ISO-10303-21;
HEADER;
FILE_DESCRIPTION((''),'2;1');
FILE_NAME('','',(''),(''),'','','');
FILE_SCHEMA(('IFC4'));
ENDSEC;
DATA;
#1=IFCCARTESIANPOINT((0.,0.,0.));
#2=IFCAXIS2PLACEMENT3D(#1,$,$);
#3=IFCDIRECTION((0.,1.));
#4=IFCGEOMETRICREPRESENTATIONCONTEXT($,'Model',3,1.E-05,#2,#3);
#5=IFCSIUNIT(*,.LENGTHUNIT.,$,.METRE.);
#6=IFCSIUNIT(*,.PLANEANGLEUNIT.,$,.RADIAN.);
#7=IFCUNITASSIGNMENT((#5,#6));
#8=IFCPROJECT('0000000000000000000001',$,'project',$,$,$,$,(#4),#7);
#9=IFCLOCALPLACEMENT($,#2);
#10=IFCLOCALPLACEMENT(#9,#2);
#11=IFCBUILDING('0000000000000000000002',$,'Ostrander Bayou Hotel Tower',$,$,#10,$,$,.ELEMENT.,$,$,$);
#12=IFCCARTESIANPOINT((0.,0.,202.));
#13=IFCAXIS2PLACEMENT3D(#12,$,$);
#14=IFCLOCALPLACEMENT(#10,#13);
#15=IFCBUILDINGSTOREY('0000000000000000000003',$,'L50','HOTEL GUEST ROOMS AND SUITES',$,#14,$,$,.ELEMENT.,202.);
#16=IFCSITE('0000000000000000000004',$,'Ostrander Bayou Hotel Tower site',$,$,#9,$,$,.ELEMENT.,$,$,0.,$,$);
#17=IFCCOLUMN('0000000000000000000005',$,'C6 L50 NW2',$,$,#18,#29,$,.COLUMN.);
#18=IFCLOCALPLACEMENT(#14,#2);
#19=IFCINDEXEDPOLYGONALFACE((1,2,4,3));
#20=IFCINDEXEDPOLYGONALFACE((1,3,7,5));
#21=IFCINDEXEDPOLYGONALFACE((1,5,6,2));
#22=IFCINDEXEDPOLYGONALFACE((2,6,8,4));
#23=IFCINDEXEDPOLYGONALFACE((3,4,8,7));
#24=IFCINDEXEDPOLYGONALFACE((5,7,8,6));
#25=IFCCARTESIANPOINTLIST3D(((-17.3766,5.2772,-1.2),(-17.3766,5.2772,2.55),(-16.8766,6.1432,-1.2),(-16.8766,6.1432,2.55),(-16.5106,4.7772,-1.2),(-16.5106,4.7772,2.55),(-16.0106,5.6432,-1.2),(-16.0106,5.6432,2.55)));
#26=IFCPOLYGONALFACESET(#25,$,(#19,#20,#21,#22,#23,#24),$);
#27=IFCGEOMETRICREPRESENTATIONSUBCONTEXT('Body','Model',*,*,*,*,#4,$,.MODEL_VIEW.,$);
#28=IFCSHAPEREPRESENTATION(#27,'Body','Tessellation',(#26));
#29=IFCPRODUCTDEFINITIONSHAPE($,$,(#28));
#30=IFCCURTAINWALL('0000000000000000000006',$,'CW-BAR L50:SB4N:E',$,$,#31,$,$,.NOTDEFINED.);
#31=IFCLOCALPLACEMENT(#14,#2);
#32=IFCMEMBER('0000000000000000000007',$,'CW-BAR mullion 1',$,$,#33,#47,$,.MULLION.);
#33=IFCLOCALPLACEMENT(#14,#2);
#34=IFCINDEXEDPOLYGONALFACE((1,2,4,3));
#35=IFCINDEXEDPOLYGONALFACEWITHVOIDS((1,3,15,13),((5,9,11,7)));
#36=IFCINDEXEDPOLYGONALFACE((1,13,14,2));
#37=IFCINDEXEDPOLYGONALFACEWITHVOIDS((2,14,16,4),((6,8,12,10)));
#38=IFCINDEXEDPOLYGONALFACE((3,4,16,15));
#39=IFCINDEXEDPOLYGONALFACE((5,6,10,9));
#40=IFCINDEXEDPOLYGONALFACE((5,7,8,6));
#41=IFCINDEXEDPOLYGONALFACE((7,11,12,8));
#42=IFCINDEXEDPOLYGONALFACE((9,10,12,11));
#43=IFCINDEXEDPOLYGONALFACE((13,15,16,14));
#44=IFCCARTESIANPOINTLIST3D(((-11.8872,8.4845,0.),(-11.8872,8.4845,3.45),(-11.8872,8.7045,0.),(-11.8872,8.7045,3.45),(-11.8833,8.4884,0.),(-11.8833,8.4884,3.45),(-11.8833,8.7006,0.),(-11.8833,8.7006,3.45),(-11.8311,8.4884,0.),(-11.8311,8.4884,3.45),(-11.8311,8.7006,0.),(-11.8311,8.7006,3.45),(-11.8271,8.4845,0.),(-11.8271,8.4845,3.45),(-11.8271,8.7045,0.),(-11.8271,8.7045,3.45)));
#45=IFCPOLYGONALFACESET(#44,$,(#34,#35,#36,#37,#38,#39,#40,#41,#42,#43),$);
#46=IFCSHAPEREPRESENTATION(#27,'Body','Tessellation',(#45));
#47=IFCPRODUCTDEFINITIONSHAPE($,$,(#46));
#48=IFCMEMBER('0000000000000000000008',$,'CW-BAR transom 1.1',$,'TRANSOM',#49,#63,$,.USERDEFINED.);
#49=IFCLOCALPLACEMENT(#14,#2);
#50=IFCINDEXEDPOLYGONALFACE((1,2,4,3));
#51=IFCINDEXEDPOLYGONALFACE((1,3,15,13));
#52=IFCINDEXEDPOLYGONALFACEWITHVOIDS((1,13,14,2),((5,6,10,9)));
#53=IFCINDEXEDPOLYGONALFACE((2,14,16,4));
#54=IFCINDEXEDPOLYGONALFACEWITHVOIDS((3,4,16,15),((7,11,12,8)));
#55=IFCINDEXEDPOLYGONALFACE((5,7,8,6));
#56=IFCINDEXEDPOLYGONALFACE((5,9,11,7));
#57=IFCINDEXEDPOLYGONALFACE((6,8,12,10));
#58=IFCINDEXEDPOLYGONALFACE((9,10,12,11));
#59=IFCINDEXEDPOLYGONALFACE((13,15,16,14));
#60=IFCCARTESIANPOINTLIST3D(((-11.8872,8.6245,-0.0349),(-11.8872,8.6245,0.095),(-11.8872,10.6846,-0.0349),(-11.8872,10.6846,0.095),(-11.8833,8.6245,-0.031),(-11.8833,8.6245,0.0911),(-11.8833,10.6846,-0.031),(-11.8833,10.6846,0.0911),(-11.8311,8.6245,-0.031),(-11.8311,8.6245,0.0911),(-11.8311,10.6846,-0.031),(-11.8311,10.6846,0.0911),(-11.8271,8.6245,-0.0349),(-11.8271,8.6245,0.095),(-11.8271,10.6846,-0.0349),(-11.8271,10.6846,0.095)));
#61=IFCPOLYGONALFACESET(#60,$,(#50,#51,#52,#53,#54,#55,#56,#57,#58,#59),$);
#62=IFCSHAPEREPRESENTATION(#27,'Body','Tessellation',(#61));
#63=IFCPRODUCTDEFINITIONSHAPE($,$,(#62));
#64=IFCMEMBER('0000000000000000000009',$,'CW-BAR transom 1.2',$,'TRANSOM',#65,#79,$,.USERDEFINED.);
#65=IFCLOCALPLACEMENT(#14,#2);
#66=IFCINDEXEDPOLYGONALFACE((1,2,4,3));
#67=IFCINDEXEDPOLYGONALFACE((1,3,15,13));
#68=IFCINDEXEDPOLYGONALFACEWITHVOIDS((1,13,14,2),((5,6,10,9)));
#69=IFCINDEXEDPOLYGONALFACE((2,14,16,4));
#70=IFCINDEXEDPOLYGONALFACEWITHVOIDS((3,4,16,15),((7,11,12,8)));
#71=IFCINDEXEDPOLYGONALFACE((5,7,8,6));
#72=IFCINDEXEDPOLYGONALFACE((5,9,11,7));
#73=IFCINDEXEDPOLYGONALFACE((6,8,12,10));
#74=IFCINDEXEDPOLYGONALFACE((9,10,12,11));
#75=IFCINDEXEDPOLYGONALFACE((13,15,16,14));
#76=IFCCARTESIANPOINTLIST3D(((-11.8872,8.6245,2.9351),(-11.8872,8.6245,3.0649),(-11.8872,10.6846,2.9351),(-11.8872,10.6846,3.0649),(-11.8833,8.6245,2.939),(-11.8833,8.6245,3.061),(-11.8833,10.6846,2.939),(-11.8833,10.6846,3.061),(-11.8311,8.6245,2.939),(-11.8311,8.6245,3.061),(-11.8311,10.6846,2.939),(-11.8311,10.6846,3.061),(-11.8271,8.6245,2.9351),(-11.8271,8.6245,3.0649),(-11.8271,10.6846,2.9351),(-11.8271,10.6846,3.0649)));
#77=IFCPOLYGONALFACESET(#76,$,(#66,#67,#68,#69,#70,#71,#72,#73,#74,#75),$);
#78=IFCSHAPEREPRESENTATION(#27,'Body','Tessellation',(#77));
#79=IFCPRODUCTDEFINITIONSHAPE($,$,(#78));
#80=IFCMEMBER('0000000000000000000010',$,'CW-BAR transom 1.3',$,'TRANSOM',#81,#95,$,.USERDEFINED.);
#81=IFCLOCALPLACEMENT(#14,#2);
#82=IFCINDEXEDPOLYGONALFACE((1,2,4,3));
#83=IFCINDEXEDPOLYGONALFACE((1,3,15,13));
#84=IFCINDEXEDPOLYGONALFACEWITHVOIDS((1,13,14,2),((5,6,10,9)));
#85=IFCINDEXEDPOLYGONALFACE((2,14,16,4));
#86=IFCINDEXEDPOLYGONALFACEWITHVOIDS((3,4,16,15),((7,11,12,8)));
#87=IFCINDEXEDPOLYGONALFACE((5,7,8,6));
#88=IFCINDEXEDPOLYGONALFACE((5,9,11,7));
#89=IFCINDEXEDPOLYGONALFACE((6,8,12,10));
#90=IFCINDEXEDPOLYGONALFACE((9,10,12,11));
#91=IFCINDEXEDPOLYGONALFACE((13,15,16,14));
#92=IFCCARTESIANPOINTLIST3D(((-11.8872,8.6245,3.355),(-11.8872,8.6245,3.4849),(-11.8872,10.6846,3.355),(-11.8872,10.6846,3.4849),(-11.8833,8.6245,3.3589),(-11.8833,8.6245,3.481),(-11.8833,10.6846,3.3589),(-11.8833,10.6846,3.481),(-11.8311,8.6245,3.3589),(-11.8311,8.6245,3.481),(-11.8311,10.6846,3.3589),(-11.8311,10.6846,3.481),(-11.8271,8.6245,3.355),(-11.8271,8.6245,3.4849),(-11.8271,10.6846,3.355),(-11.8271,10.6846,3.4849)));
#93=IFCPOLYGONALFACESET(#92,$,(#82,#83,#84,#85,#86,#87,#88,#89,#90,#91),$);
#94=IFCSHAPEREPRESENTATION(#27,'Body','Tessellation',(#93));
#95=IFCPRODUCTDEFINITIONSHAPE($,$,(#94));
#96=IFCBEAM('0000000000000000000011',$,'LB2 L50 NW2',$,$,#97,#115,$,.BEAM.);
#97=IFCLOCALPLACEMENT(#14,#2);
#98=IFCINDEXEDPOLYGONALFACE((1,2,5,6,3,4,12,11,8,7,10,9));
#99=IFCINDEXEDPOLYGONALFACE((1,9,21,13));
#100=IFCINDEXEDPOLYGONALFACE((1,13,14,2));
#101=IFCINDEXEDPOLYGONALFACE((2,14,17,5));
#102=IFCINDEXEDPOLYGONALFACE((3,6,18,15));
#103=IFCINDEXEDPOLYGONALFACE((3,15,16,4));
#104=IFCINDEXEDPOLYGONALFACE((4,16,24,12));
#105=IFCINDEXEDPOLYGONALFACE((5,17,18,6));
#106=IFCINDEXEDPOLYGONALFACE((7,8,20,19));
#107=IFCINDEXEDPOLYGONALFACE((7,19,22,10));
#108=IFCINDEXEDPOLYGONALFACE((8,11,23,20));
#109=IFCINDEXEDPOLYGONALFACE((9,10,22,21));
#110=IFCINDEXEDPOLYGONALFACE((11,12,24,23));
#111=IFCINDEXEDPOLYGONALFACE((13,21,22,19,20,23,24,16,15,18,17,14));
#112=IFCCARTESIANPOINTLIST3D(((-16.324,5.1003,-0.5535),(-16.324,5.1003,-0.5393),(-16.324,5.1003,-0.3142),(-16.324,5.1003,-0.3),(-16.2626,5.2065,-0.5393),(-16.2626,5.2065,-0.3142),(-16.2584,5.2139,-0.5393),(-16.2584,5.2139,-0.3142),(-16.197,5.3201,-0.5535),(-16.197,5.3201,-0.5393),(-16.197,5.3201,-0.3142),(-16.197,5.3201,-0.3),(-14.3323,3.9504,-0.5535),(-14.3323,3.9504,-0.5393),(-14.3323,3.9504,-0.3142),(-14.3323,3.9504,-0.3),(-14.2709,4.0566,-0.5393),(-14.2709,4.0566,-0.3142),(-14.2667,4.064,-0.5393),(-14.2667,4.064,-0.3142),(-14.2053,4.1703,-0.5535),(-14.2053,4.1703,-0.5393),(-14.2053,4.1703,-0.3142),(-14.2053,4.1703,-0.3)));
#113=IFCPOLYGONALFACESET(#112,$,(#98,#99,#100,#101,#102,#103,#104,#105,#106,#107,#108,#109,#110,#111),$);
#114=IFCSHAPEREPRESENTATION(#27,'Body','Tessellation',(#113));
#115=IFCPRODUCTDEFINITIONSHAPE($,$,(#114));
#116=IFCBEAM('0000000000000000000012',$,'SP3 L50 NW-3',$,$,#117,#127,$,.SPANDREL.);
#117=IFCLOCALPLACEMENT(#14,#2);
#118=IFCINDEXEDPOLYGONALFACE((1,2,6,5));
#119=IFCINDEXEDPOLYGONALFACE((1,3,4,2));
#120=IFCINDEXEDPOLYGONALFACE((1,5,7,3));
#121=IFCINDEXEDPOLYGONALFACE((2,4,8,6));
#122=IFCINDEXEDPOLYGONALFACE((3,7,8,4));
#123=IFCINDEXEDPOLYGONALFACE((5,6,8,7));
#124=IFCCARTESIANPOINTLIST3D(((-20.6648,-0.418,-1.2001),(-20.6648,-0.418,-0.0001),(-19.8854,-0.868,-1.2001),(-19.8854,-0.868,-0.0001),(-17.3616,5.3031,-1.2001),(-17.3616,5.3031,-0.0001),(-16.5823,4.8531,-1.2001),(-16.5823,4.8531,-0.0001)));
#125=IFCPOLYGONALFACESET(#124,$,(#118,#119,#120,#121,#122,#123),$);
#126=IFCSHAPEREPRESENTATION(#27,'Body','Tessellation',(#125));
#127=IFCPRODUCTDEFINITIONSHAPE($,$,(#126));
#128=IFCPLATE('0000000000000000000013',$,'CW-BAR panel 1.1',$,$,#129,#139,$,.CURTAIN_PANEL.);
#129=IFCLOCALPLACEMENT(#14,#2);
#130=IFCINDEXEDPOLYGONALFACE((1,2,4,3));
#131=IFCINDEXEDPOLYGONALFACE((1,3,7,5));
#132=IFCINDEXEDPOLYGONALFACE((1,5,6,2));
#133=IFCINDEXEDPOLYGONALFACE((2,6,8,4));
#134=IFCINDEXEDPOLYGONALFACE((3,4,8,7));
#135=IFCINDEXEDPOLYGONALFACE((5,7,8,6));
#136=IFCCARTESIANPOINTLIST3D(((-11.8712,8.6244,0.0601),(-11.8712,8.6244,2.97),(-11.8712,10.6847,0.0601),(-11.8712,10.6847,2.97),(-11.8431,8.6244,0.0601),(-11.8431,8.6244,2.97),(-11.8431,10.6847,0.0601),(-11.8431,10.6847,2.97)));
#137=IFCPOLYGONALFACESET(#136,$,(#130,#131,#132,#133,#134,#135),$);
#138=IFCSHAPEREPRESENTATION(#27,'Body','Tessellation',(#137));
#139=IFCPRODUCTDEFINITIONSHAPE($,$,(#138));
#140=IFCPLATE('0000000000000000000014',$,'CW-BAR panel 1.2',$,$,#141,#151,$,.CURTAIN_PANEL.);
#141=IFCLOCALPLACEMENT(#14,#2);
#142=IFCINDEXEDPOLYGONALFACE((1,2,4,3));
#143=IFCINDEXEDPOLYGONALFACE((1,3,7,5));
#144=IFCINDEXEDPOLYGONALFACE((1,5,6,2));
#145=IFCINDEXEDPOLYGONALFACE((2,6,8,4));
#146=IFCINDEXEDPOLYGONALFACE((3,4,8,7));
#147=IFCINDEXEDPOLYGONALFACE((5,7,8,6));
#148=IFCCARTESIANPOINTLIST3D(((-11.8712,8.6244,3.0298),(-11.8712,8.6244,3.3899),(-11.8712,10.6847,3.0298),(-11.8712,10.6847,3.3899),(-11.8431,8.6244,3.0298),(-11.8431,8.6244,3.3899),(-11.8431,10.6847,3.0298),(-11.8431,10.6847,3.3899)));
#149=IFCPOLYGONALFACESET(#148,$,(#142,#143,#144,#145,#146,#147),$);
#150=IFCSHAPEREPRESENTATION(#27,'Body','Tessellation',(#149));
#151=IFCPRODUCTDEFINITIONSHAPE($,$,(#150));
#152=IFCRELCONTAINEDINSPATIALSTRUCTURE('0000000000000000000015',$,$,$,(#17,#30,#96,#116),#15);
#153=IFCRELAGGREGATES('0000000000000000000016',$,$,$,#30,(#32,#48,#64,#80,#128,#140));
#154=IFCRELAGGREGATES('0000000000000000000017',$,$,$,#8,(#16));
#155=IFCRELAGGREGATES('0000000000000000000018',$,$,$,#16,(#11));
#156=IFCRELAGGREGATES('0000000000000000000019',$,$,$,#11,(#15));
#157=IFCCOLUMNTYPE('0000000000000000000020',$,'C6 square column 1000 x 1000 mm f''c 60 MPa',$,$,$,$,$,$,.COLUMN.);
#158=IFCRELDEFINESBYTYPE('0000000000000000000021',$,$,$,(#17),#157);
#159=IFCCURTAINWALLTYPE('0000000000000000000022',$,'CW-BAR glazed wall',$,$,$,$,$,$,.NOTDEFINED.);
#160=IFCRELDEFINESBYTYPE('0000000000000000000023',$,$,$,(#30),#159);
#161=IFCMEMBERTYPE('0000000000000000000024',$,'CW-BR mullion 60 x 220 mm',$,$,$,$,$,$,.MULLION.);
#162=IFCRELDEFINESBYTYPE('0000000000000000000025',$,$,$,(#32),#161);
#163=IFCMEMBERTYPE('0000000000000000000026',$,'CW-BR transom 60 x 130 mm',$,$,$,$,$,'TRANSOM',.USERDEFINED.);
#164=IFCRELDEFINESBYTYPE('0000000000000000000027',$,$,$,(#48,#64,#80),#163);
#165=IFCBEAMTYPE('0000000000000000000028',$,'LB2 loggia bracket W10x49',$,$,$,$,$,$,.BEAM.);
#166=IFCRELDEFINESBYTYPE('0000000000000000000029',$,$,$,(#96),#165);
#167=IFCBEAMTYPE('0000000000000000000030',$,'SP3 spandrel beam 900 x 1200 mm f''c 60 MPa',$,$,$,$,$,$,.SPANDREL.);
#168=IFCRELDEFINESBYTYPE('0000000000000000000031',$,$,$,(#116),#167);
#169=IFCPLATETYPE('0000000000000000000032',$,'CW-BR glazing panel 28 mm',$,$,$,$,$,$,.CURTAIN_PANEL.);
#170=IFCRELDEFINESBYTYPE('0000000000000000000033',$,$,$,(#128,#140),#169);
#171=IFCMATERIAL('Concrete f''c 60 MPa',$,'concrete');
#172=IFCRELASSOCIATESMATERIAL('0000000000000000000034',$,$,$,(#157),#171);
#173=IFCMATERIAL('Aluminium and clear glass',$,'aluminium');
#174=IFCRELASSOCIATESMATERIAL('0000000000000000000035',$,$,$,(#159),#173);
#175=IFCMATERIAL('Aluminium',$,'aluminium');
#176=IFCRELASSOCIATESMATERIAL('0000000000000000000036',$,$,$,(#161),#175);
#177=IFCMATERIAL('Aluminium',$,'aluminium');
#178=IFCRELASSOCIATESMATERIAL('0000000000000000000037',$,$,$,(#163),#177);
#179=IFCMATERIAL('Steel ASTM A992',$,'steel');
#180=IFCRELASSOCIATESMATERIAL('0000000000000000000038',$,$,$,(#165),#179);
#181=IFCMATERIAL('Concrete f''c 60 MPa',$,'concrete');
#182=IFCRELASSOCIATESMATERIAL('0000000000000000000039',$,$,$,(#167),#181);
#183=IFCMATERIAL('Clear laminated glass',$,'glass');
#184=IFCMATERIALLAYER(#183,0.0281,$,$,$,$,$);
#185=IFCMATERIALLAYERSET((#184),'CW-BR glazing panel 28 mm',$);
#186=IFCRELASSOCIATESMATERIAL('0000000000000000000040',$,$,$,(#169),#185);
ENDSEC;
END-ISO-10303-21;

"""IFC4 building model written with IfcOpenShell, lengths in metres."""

from ifc_helpers import new_model, si_unit, direction, frame, origin, origin_2d, place, context, subcontext, project, spatial, rectangle, hollow_rectangle, i_section, extrude, material, layer, layer_set, material_profile, profile_set, type_object, element, aggregate, save


model = new_model("IFC4")

# Units and contexts
model_context = context("Model", 3, precision=1e-05, world=origin(), true_north=direction((0.0, 1.0)))
body_context = subcontext(model_context, "Body", "Model", "MODEL_VIEW")
ifc_project = project(units=[si_unit("LENGTHUNIT", "METRE"), si_unit("PLANEANGLEUNIT", "RADIAN")], contexts=[model_context])

# Site, building, storey
site_placement = place(None, origin())
site = spatial("IfcSite", under=ifc_project, at=site_placement, Name="Ostrander Bayou Hotel Tower site", CompositionType="ELEMENT", RefElevation=0.0)
building_placement = place(site_placement, origin())
building = spatial("IfcBuilding", under=site, at=building_placement, Name="Ostrander Bayou Hotel Tower", CompositionType="ELEMENT")
storey_placement = place(building_placement, frame((0.0, 0.0, 202.0)))
storey = spatial("IfcBuildingStorey", under=building, at=storey_placement, Name="L50", Description="HOTEL GUEST ROOMS AND SUITES", CompositionType="ELEMENT", Elevation=202.0)

# Column
ifc_material_1 = material(Name="Concrete f'c 60 MPa", Category="concrete")
ifc_material_profile_1 = material_profile(ifc_material_1, rectangle(XDim=1.0, YDim=1.0, at=origin_2d()))
ifc_profile_set_1 = profile_set([ifc_material_profile_1], Name="Concrete f'c 60 MPa")
column_type = type_object("IfcColumnType", Name="C6 square column 1000 x 1000 mm f'c 60 MPa", PredefinedType="COLUMN", material=ifc_profile_set_1)
column_placement = place(storey_placement, frame((-16.6936, 5.4602, -1.2), z_axis=(0.0, 0.0, 1.0), x_axis=(0.5, 0.866025, 0.0)))
element("IfcColumn", 1, at=column_placement, inside=storey, type_object=column_type, Name="C6 L50 NW2", PredefinedType="COLUMN", context=body_context, shape_type="SweptSolid", body=[
    extrude(rectangle(XDim=1.0, YDim=1.0, at=origin_2d()), origin(), (0.0, 0.0, 1.0), 3.75),
])

# Curtain wall, members
ifc_material_2 = material(Name="Aluminium and clear glass", Category="aluminium")
curtain_wall_type = type_object("IfcCurtainWallType", Name="CW-BAR glazed wall", PredefinedType="NOTDEFINED", material=ifc_material_2)
curtain_wall_placement = place(storey_placement, origin())
curtain_wall = element("IfcCurtainWall", 2, at=curtain_wall_placement, inside=storey, type_object=curtain_wall_type, Name="CW-BAR L50:SB4N:E", PredefinedType="NOTDEFINED")
ifc_material_3 = material(Name="Aluminium", Category="aluminium")
ifc_material_profile_2 = material_profile(ifc_material_3, hollow_rectangle(XDim=0.0601, YDim=0.22, WallThickness=0.0039, at=origin_2d()))
ifc_profile_set_2 = profile_set([ifc_material_profile_2], Name="Aluminium")
member_type_1 = type_object("IfcMemberType", Name="CW-BR mullion 60 x 220 mm", PredefinedType="MULLION", material=ifc_profile_set_2)
member_1_placement = place(storey_placement, frame((-11.8572, 8.5945, 0.0), z_axis=(0.0, 0.0, 1.0), x_axis=(-1.0, 0.0, 0.0)))
member_1 = element("IfcMember", 3, at=member_1_placement, type_object=member_type_1, Name="CW-BAR mullion 1", PredefinedType="MULLION", context=body_context, shape_type="SweptSolid", body=[
    extrude(hollow_rectangle(XDim=0.0601, YDim=0.22, WallThickness=0.0039, at=origin_2d()), origin(), (0.0, 0.0, 1.0), 3.45),
])
ifc_material_4 = material(Name="Aluminium", Category="aluminium")
ifc_material_profile_3 = material_profile(ifc_material_4, hollow_rectangle(XDim=0.0601, YDim=0.1299, WallThickness=0.0039, at=origin_2d()))
ifc_profile_set_3 = profile_set([ifc_material_profile_3], Name="Aluminium")
member_type_2 = type_object("IfcMemberType", Name="CW-BR transom 60 x 130 mm", ElementType="TRANSOM", PredefinedType="USERDEFINED", material=ifc_profile_set_3)
member_2_placement = place(storey_placement, frame((-11.8572, 8.6245, 0.03), z_axis=(0.0, 1.0, 0.0), x_axis=(-1.0, 0.0, 0.0)))
member_2 = element("IfcMember", 4, at=member_2_placement, type_object=member_type_2, Name="CW-BAR transom 1.1", ObjectType="TRANSOM", PredefinedType="USERDEFINED", context=body_context, shape_type="SweptSolid", body=[
    extrude(hollow_rectangle(XDim=0.0601, YDim=0.1299, WallThickness=0.0039, at=origin_2d()), origin(), (0.0, 0.0, 1.0), 2.0601),
])
member_3_placement = place(storey_placement, frame((-11.8572, 8.6245, 3.0), z_axis=(0.0, 1.0, 0.0), x_axis=(-1.0, 0.0, 0.0)))
member_3 = element("IfcMember", 5, at=member_3_placement, type_object=member_type_2, Name="CW-BAR transom 1.2", ObjectType="TRANSOM", PredefinedType="USERDEFINED", context=body_context, shape_type="SweptSolid", body=[
    extrude(hollow_rectangle(XDim=0.0601, YDim=0.1299, WallThickness=0.0039, at=origin_2d()), origin(), (0.0, 0.0, 1.0), 2.0601),
])
member_4_placement = place(storey_placement, frame((-11.8572, 8.6245, 3.4199), z_axis=(0.0, 1.0, 0.0), x_axis=(-1.0, 0.0, 0.0)))
member_4 = element("IfcMember", 6, at=member_4_placement, type_object=member_type_2, Name="CW-BAR transom 1.3", ObjectType="TRANSOM", PredefinedType="USERDEFINED", context=body_context, shape_type="SweptSolid", body=[
    extrude(hollow_rectangle(XDim=0.0601, YDim=0.1299, WallThickness=0.0039, at=origin_2d()), origin(), (0.0, 0.0, 1.0), 2.0601),
])

# Beams
ifc_material_5 = material(Name="Steel ASTM A992", Category="steel")
ifc_material_profile_4 = material_profile(ifc_material_5, i_section(OverallWidth=0.2539, OverallDepth=0.2534, WebThickness=0.0085, FlangeThickness=0.0142, at=origin_2d()))
ifc_profile_set_4 = profile_set([ifc_material_profile_4], Name="Steel ASTM A992")
beam_type_1 = type_object("IfcBeamType", Name="LB2 loggia bracket W10x49", PredefinedType="BEAM", material=ifc_profile_set_4)
beam_1_placement = place(storey_placement, frame((-16.2605, 5.2102, -0.4268), z_axis=(0.866026, -0.499998, 0.0), x_axis=(0.499998, 0.866026, 0.0)))
element("IfcBeam", 7, at=beam_1_placement, inside=storey, type_object=beam_type_1, Name="LB2 L50 NW2", PredefinedType="BEAM", context=body_context, shape_type="SweptSolid", body=[
    extrude(i_section(OverallWidth=0.2539, OverallDepth=0.2534, WebThickness=0.0085, FlangeThickness=0.0142, at=origin_2d()), origin(), (0.0, 0.0, 1.0), 2.2998),
])
ifc_material_6 = material(Name="Concrete f'c 60 MPa", Category="concrete")
ifc_material_profile_5 = material_profile(ifc_material_6, rectangle(XDim=0.8999, YDim=1.2, at=origin_2d()))
ifc_profile_set_5 = profile_set([ifc_material_profile_5], Name="Concrete f'c 60 MPa")
beam_type_2 = type_object("IfcBeamType", Name="SP3 spandrel beam 900 x 1200 mm f'c 60 MPa", PredefinedType="SPANDREL", material=ifc_profile_set_5)
beam_2_placement = place(storey_placement, frame((-16.9719, 5.0781, -0.6001), z_axis=(-0.50001, -0.866019, 0.0), x_axis=(0.866019, -0.50001, 0.0)))
element("IfcBeam", 8, at=beam_2_placement, inside=storey, type_object=beam_type_2, Name="SP3 L50 NW-3", PredefinedType="SPANDREL", context=body_context, shape_type="SweptSolid", body=[
    extrude(rectangle(XDim=0.8999, YDim=1.2, at=origin_2d()), origin(), (0.0, 0.0, 1.0), 6.6062),
])

# Plates
ifc_material_7 = material(Name="Clear laminated glass", Category="glass")
ifc_layer_1 = layer(ifc_material_7, 0.0281)
ifc_layer_set_1 = layer_set([ifc_layer_1], Name="CW-BR glazing panel 28 mm")
plate_type = type_object("IfcPlateType", Name="CW-BR glazing panel 28 mm", PredefinedType="CURTAIN_PANEL", material=ifc_layer_set_1)
plate_1_placement = place(storey_placement, frame((-11.8572, 9.6545, 0.0601), z_axis=(0.0, 0.0, 1.0), x_axis=(0.0, 1.0, 0.0)))
plate_1 = element("IfcPlate", 9, at=plate_1_placement, type_object=plate_type, Name="CW-BAR panel 1.1", PredefinedType="CURTAIN_PANEL", context=body_context, shape_type="SweptSolid", body=[
    extrude(rectangle(XDim=2.0603, YDim=0.0281, at=origin_2d()), origin(), (0.0, 0.0, 1.0), 2.9099),
])
plate_2_placement = place(storey_placement, frame((-11.8572, 9.6545, 3.0298), z_axis=(0.0, 0.0, 1.0), x_axis=(0.0, 1.0, 0.0)))
plate_2 = element("IfcPlate", 10, at=plate_2_placement, type_object=plate_type, Name="CW-BAR panel 1.2", PredefinedType="CURTAIN_PANEL", context=body_context, shape_type="SweptSolid", body=[
    extrude(rectangle(XDim=2.0603, YDim=0.0281, at=origin_2d()), origin(), (0.0, 0.0, 1.0), 0.3601),
])
aggregate(curtain_wall, [member_1, member_2, member_3, member_4, plate_1, plate_2])

save(model, "model.ifc")
